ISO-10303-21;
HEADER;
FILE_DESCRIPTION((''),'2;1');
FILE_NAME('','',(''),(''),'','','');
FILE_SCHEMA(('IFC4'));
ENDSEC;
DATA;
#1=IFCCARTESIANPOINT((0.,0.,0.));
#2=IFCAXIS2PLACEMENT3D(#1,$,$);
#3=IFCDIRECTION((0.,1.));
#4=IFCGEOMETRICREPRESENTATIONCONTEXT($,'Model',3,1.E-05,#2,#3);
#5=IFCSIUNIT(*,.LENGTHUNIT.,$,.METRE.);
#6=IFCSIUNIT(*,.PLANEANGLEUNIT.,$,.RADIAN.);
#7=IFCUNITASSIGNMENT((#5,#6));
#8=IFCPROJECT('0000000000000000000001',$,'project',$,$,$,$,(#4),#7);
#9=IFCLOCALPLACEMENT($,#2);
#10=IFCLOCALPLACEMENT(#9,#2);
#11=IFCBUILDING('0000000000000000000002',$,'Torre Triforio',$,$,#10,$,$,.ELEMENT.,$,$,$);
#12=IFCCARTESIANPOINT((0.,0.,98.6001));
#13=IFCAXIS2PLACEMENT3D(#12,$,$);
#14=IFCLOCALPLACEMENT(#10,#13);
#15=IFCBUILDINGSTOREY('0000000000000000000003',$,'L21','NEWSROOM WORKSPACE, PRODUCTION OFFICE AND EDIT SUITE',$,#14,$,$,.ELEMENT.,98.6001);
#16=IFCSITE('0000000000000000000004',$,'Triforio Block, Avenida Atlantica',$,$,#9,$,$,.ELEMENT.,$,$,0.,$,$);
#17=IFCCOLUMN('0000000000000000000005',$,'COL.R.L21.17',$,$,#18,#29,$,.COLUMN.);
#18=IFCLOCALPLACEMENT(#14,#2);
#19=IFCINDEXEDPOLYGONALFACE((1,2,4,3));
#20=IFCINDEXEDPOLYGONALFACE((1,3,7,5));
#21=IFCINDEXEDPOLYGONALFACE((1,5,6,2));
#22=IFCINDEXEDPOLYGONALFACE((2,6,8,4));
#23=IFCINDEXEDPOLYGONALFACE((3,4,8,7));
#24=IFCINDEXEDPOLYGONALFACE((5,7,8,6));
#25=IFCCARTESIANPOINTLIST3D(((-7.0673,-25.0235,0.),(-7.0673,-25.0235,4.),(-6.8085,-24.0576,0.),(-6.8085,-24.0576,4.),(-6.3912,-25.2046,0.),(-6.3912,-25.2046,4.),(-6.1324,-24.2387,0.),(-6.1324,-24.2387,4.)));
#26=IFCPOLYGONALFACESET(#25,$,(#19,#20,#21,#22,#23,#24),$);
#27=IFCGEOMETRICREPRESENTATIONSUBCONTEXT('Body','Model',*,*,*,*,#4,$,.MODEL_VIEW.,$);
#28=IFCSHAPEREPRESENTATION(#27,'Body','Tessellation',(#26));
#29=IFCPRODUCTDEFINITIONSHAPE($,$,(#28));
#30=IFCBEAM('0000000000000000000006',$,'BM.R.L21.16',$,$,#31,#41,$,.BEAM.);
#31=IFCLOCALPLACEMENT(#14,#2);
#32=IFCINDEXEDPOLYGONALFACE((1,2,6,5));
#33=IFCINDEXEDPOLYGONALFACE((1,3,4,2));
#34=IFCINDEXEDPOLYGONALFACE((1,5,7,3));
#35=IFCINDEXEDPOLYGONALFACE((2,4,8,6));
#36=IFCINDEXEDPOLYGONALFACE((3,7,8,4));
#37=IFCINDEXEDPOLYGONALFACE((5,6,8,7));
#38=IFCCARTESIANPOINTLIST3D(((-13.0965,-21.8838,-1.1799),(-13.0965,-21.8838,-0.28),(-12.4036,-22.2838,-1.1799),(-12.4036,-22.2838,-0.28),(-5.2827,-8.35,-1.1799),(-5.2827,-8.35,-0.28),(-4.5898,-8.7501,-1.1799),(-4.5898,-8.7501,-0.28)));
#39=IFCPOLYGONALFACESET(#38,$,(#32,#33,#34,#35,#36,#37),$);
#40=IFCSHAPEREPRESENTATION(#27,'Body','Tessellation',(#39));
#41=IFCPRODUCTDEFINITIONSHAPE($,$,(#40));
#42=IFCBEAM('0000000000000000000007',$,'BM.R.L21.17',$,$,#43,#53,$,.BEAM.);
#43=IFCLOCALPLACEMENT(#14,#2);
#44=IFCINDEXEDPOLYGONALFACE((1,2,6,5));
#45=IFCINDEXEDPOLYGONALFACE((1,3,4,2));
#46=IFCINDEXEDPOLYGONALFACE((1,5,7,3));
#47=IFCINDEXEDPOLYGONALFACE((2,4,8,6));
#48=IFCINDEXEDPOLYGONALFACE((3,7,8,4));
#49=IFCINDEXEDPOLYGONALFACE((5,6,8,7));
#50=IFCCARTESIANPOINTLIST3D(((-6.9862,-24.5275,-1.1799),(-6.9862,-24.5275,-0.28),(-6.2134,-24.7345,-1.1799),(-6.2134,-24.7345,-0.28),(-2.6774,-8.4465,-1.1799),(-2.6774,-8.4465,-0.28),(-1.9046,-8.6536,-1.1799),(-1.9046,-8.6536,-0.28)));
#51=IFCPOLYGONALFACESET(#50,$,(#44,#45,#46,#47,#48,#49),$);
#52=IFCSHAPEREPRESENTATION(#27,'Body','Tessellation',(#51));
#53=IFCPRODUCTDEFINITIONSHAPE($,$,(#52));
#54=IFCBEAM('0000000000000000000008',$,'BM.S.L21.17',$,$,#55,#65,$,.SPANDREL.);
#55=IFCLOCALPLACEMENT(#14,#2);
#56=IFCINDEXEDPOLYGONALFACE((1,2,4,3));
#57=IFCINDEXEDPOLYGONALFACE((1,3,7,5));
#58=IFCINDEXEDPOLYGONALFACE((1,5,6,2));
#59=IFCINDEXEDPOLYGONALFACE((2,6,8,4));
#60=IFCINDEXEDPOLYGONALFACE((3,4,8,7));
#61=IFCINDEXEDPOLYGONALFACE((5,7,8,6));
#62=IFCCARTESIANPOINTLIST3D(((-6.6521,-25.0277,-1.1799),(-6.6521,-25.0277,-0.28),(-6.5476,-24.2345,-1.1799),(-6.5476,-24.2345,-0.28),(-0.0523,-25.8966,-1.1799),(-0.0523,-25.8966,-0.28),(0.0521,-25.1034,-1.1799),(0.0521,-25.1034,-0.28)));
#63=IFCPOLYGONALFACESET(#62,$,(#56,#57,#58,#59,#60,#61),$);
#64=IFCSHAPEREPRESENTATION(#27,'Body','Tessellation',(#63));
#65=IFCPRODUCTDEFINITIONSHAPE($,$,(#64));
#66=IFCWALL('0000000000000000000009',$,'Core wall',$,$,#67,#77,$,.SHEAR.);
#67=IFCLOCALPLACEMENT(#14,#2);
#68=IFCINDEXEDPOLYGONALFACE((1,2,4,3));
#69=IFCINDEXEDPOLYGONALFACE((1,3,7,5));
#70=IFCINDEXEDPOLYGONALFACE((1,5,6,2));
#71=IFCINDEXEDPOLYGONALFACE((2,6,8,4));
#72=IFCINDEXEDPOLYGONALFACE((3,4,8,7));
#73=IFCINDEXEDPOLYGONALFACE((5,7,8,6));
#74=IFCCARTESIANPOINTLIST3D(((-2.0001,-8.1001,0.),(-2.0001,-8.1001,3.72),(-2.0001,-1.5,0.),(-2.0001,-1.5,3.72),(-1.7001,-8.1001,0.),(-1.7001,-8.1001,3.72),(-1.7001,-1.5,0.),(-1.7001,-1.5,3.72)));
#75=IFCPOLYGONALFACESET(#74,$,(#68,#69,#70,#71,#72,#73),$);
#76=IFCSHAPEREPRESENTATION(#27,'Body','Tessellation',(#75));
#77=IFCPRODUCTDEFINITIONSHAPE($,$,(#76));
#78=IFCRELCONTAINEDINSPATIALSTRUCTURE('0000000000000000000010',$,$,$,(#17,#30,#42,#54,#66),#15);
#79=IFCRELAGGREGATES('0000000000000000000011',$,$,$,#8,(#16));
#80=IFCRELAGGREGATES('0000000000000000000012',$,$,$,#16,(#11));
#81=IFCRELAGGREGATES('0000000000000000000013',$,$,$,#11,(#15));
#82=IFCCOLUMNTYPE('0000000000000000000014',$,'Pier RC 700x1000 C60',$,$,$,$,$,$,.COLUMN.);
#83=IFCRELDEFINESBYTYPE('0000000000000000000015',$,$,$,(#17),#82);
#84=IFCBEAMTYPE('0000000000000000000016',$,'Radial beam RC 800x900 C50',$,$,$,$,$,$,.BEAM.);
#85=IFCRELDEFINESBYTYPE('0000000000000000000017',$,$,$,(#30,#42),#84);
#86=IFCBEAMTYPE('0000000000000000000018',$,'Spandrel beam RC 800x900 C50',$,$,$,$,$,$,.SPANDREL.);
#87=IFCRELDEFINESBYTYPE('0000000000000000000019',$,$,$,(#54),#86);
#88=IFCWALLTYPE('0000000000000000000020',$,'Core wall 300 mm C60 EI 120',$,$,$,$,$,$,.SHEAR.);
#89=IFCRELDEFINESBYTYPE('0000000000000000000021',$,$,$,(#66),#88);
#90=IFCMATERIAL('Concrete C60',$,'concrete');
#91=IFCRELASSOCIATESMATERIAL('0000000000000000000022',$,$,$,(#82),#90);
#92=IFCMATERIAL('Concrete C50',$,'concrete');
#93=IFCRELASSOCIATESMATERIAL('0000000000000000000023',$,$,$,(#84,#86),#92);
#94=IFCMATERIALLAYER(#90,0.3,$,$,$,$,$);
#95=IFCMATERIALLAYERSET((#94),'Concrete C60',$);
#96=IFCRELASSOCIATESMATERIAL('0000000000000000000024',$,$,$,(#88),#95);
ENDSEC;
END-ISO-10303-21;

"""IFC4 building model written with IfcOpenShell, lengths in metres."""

from ifc_helpers import new_model, si_unit, direction, frame, frame_2d, origin, origin_2d, place, context, subcontext, project, spatial, rectangle, extrude, material, layer, layer_set, material_profile, profile_set, type_object, element, save


model = new_model("IFC4")

# Units and contexts
model_context = context("Model", 3, precision=1e-05, world=origin(), true_north=direction((0.0, 1.0)))
body_context = subcontext(model_context, "Body", "Model", "MODEL_VIEW")
ifc_project = project(units=[si_unit("LENGTHUNIT", "METRE"), si_unit("PLANEANGLEUNIT", "RADIAN")], contexts=[model_context])

# Site, building, storey
site_placement = place(None, origin())
site = spatial("IfcSite", under=ifc_project, at=site_placement, Name="Triforio Block, Avenida Atlantica", CompositionType="ELEMENT", RefElevation=0.0)
building_placement = place(site_placement, origin())
building = spatial("IfcBuilding", under=site, at=building_placement, Name="Torre Triforio", CompositionType="ELEMENT")
storey_placement = place(building_placement, frame((0.0, 0.0, 98.6001)))
storey = spatial("IfcBuildingStorey", under=building, at=storey_placement, Name="L21", Description="NEWSROOM WORKSPACE, PRODUCTION OFFICE AND EDIT SUITE", CompositionType="ELEMENT", Elevation=98.6001)

# Column
ifc_material_1 = material(Name="Concrete C60", Category="concrete")
ifc_material_profile_1 = material_profile(ifc_material_1, rectangle(XDim=0.7, YDim=1.0, at=origin_2d()), Name="RC 700x1000")
ifc_profile_set_1 = profile_set([ifc_material_profile_1], Name="Concrete C60")
column_type = type_object("IfcColumnType", Name="Pier RC 700x1000 C60", PredefinedType="COLUMN", material=ifc_profile_set_1)
column_placement = place(storey_placement, frame((-6.5999, -24.6311, 0.0), z_axis=(0.0, 0.0, 1.0), x_axis=(0.965926, -0.258819, 0.0)))
element("IfcColumn", 1, at=column_placement, inside=storey, type_object=column_type, Name="COL.R.L21.17", PredefinedType="COLUMN", context=body_context, shape_type="SweptSolid", body=[
    extrude(rectangle(XDim=0.7, YDim=1.0, at=origin_2d()), origin(), (0.0, 0.0, 1.0), 4.0),
])

# Beams
ifc_material_2 = material(Name="Concrete C50", Category="concrete")
ifc_material_profile_2 = material_profile(ifc_material_2, rectangle(XDim=0.8, YDim=0.8999, at=origin_2d()), Name="RC 800x900")
ifc_profile_set_2 = profile_set([ifc_material_profile_2], Name="Concrete C50")
beam_type_1 = type_object("IfcBeamType", Name="Radial beam RC 800x900 C50", PredefinedType="BEAM", material=ifc_profile_set_2)
beam_1_placement = place(storey_placement, frame((-4.9363, -8.55, -0.73), z_axis=(-0.500002, -0.866024, 0.0), x_axis=(0.866024, -0.500002, 0.0)))
element("IfcBeam", 2, at=beam_1_placement, inside=storey, type_object=beam_type_1, Name="BM.R.L21.16", PredefinedType="BEAM", context=body_context, shape_type="SweptSolid", body=[
    extrude(rectangle(XDim=0.8, YDim=0.8999, at=origin_2d()), origin(), (0.0, 0.0, 1.0), 15.6274),
])
beam_2_placement = place(storey_placement, frame((-2.291, -8.55, -0.73), z_axis=(-0.258815, -0.965927, 0.0), x_axis=(0.965927, -0.258815, 0.0)))
element("IfcBeam", 3, at=beam_2_placement, inside=storey, type_object=beam_type_1, Name="BM.R.L21.17", PredefinedType="BEAM", context=body_context, shape_type="SweptSolid", body=[
    extrude(rectangle(XDim=0.8, YDim=0.8999, at=origin_2d()), origin(), (0.0, 0.0, 1.0), 16.6482),
])
ifc_material_profile_3 = material_profile(ifc_material_2, rectangle(XDim=0.8, YDim=0.8999, at=origin_2d()), Name="RC 800x900")
ifc_profile_set_3 = profile_set([ifc_material_profile_3], Name="Concrete C50")
beam_type_2 = type_object("IfcBeamType", Name="Spandrel beam RC 800x900 C50", PredefinedType="SPANDREL", material=ifc_profile_set_3)
beam_3_placement = place(storey_placement, frame((-6.5999, -24.6311, -0.73), z_axis=(0.991445, -0.130528, 0.0), x_axis=(0.130528, 0.991445, 0.0)))
element("IfcBeam", 4, at=beam_3_placement, inside=storey, type_object=beam_type_2, Name="BM.S.L21.17", PredefinedType="SPANDREL", context=body_context, shape_type="SweptSolid", body=[
    extrude(rectangle(XDim=0.8, YDim=0.8999, at=origin_2d()), origin(), (0.0, 0.0, 1.0), 6.6567),
])

# Wall
ifc_layer_1 = layer(ifc_material_1, 0.3)
ifc_layer_set_1 = layer_set([ifc_layer_1], Name="Concrete C60")
wall_type_1 = type_object("IfcWallType", Name="Core wall 300 mm C60 EI 120", PredefinedType="SHEAR", material=ifc_layer_set_1)
wall_1_placement = place(storey_placement, frame((-1.8501, -8.1001, 0.0), z_axis=(0.0, 0.0, 1.0), x_axis=(0.0, 1.0, 0.0)))
element("IfcWall", 5, at=wall_1_placement, inside=storey, type_object=wall_type_1, Name="Core wall", PredefinedType="SHEAR", context=body_context, shape_type="SweptSolid", body=[
    extrude(rectangle(XDim=6.6001, YDim=0.3, at=frame_2d((3.3, 0.0))), origin(), (0.0, 0.0, 1.0), 3.72),
])

save(model, "model.ifc")
